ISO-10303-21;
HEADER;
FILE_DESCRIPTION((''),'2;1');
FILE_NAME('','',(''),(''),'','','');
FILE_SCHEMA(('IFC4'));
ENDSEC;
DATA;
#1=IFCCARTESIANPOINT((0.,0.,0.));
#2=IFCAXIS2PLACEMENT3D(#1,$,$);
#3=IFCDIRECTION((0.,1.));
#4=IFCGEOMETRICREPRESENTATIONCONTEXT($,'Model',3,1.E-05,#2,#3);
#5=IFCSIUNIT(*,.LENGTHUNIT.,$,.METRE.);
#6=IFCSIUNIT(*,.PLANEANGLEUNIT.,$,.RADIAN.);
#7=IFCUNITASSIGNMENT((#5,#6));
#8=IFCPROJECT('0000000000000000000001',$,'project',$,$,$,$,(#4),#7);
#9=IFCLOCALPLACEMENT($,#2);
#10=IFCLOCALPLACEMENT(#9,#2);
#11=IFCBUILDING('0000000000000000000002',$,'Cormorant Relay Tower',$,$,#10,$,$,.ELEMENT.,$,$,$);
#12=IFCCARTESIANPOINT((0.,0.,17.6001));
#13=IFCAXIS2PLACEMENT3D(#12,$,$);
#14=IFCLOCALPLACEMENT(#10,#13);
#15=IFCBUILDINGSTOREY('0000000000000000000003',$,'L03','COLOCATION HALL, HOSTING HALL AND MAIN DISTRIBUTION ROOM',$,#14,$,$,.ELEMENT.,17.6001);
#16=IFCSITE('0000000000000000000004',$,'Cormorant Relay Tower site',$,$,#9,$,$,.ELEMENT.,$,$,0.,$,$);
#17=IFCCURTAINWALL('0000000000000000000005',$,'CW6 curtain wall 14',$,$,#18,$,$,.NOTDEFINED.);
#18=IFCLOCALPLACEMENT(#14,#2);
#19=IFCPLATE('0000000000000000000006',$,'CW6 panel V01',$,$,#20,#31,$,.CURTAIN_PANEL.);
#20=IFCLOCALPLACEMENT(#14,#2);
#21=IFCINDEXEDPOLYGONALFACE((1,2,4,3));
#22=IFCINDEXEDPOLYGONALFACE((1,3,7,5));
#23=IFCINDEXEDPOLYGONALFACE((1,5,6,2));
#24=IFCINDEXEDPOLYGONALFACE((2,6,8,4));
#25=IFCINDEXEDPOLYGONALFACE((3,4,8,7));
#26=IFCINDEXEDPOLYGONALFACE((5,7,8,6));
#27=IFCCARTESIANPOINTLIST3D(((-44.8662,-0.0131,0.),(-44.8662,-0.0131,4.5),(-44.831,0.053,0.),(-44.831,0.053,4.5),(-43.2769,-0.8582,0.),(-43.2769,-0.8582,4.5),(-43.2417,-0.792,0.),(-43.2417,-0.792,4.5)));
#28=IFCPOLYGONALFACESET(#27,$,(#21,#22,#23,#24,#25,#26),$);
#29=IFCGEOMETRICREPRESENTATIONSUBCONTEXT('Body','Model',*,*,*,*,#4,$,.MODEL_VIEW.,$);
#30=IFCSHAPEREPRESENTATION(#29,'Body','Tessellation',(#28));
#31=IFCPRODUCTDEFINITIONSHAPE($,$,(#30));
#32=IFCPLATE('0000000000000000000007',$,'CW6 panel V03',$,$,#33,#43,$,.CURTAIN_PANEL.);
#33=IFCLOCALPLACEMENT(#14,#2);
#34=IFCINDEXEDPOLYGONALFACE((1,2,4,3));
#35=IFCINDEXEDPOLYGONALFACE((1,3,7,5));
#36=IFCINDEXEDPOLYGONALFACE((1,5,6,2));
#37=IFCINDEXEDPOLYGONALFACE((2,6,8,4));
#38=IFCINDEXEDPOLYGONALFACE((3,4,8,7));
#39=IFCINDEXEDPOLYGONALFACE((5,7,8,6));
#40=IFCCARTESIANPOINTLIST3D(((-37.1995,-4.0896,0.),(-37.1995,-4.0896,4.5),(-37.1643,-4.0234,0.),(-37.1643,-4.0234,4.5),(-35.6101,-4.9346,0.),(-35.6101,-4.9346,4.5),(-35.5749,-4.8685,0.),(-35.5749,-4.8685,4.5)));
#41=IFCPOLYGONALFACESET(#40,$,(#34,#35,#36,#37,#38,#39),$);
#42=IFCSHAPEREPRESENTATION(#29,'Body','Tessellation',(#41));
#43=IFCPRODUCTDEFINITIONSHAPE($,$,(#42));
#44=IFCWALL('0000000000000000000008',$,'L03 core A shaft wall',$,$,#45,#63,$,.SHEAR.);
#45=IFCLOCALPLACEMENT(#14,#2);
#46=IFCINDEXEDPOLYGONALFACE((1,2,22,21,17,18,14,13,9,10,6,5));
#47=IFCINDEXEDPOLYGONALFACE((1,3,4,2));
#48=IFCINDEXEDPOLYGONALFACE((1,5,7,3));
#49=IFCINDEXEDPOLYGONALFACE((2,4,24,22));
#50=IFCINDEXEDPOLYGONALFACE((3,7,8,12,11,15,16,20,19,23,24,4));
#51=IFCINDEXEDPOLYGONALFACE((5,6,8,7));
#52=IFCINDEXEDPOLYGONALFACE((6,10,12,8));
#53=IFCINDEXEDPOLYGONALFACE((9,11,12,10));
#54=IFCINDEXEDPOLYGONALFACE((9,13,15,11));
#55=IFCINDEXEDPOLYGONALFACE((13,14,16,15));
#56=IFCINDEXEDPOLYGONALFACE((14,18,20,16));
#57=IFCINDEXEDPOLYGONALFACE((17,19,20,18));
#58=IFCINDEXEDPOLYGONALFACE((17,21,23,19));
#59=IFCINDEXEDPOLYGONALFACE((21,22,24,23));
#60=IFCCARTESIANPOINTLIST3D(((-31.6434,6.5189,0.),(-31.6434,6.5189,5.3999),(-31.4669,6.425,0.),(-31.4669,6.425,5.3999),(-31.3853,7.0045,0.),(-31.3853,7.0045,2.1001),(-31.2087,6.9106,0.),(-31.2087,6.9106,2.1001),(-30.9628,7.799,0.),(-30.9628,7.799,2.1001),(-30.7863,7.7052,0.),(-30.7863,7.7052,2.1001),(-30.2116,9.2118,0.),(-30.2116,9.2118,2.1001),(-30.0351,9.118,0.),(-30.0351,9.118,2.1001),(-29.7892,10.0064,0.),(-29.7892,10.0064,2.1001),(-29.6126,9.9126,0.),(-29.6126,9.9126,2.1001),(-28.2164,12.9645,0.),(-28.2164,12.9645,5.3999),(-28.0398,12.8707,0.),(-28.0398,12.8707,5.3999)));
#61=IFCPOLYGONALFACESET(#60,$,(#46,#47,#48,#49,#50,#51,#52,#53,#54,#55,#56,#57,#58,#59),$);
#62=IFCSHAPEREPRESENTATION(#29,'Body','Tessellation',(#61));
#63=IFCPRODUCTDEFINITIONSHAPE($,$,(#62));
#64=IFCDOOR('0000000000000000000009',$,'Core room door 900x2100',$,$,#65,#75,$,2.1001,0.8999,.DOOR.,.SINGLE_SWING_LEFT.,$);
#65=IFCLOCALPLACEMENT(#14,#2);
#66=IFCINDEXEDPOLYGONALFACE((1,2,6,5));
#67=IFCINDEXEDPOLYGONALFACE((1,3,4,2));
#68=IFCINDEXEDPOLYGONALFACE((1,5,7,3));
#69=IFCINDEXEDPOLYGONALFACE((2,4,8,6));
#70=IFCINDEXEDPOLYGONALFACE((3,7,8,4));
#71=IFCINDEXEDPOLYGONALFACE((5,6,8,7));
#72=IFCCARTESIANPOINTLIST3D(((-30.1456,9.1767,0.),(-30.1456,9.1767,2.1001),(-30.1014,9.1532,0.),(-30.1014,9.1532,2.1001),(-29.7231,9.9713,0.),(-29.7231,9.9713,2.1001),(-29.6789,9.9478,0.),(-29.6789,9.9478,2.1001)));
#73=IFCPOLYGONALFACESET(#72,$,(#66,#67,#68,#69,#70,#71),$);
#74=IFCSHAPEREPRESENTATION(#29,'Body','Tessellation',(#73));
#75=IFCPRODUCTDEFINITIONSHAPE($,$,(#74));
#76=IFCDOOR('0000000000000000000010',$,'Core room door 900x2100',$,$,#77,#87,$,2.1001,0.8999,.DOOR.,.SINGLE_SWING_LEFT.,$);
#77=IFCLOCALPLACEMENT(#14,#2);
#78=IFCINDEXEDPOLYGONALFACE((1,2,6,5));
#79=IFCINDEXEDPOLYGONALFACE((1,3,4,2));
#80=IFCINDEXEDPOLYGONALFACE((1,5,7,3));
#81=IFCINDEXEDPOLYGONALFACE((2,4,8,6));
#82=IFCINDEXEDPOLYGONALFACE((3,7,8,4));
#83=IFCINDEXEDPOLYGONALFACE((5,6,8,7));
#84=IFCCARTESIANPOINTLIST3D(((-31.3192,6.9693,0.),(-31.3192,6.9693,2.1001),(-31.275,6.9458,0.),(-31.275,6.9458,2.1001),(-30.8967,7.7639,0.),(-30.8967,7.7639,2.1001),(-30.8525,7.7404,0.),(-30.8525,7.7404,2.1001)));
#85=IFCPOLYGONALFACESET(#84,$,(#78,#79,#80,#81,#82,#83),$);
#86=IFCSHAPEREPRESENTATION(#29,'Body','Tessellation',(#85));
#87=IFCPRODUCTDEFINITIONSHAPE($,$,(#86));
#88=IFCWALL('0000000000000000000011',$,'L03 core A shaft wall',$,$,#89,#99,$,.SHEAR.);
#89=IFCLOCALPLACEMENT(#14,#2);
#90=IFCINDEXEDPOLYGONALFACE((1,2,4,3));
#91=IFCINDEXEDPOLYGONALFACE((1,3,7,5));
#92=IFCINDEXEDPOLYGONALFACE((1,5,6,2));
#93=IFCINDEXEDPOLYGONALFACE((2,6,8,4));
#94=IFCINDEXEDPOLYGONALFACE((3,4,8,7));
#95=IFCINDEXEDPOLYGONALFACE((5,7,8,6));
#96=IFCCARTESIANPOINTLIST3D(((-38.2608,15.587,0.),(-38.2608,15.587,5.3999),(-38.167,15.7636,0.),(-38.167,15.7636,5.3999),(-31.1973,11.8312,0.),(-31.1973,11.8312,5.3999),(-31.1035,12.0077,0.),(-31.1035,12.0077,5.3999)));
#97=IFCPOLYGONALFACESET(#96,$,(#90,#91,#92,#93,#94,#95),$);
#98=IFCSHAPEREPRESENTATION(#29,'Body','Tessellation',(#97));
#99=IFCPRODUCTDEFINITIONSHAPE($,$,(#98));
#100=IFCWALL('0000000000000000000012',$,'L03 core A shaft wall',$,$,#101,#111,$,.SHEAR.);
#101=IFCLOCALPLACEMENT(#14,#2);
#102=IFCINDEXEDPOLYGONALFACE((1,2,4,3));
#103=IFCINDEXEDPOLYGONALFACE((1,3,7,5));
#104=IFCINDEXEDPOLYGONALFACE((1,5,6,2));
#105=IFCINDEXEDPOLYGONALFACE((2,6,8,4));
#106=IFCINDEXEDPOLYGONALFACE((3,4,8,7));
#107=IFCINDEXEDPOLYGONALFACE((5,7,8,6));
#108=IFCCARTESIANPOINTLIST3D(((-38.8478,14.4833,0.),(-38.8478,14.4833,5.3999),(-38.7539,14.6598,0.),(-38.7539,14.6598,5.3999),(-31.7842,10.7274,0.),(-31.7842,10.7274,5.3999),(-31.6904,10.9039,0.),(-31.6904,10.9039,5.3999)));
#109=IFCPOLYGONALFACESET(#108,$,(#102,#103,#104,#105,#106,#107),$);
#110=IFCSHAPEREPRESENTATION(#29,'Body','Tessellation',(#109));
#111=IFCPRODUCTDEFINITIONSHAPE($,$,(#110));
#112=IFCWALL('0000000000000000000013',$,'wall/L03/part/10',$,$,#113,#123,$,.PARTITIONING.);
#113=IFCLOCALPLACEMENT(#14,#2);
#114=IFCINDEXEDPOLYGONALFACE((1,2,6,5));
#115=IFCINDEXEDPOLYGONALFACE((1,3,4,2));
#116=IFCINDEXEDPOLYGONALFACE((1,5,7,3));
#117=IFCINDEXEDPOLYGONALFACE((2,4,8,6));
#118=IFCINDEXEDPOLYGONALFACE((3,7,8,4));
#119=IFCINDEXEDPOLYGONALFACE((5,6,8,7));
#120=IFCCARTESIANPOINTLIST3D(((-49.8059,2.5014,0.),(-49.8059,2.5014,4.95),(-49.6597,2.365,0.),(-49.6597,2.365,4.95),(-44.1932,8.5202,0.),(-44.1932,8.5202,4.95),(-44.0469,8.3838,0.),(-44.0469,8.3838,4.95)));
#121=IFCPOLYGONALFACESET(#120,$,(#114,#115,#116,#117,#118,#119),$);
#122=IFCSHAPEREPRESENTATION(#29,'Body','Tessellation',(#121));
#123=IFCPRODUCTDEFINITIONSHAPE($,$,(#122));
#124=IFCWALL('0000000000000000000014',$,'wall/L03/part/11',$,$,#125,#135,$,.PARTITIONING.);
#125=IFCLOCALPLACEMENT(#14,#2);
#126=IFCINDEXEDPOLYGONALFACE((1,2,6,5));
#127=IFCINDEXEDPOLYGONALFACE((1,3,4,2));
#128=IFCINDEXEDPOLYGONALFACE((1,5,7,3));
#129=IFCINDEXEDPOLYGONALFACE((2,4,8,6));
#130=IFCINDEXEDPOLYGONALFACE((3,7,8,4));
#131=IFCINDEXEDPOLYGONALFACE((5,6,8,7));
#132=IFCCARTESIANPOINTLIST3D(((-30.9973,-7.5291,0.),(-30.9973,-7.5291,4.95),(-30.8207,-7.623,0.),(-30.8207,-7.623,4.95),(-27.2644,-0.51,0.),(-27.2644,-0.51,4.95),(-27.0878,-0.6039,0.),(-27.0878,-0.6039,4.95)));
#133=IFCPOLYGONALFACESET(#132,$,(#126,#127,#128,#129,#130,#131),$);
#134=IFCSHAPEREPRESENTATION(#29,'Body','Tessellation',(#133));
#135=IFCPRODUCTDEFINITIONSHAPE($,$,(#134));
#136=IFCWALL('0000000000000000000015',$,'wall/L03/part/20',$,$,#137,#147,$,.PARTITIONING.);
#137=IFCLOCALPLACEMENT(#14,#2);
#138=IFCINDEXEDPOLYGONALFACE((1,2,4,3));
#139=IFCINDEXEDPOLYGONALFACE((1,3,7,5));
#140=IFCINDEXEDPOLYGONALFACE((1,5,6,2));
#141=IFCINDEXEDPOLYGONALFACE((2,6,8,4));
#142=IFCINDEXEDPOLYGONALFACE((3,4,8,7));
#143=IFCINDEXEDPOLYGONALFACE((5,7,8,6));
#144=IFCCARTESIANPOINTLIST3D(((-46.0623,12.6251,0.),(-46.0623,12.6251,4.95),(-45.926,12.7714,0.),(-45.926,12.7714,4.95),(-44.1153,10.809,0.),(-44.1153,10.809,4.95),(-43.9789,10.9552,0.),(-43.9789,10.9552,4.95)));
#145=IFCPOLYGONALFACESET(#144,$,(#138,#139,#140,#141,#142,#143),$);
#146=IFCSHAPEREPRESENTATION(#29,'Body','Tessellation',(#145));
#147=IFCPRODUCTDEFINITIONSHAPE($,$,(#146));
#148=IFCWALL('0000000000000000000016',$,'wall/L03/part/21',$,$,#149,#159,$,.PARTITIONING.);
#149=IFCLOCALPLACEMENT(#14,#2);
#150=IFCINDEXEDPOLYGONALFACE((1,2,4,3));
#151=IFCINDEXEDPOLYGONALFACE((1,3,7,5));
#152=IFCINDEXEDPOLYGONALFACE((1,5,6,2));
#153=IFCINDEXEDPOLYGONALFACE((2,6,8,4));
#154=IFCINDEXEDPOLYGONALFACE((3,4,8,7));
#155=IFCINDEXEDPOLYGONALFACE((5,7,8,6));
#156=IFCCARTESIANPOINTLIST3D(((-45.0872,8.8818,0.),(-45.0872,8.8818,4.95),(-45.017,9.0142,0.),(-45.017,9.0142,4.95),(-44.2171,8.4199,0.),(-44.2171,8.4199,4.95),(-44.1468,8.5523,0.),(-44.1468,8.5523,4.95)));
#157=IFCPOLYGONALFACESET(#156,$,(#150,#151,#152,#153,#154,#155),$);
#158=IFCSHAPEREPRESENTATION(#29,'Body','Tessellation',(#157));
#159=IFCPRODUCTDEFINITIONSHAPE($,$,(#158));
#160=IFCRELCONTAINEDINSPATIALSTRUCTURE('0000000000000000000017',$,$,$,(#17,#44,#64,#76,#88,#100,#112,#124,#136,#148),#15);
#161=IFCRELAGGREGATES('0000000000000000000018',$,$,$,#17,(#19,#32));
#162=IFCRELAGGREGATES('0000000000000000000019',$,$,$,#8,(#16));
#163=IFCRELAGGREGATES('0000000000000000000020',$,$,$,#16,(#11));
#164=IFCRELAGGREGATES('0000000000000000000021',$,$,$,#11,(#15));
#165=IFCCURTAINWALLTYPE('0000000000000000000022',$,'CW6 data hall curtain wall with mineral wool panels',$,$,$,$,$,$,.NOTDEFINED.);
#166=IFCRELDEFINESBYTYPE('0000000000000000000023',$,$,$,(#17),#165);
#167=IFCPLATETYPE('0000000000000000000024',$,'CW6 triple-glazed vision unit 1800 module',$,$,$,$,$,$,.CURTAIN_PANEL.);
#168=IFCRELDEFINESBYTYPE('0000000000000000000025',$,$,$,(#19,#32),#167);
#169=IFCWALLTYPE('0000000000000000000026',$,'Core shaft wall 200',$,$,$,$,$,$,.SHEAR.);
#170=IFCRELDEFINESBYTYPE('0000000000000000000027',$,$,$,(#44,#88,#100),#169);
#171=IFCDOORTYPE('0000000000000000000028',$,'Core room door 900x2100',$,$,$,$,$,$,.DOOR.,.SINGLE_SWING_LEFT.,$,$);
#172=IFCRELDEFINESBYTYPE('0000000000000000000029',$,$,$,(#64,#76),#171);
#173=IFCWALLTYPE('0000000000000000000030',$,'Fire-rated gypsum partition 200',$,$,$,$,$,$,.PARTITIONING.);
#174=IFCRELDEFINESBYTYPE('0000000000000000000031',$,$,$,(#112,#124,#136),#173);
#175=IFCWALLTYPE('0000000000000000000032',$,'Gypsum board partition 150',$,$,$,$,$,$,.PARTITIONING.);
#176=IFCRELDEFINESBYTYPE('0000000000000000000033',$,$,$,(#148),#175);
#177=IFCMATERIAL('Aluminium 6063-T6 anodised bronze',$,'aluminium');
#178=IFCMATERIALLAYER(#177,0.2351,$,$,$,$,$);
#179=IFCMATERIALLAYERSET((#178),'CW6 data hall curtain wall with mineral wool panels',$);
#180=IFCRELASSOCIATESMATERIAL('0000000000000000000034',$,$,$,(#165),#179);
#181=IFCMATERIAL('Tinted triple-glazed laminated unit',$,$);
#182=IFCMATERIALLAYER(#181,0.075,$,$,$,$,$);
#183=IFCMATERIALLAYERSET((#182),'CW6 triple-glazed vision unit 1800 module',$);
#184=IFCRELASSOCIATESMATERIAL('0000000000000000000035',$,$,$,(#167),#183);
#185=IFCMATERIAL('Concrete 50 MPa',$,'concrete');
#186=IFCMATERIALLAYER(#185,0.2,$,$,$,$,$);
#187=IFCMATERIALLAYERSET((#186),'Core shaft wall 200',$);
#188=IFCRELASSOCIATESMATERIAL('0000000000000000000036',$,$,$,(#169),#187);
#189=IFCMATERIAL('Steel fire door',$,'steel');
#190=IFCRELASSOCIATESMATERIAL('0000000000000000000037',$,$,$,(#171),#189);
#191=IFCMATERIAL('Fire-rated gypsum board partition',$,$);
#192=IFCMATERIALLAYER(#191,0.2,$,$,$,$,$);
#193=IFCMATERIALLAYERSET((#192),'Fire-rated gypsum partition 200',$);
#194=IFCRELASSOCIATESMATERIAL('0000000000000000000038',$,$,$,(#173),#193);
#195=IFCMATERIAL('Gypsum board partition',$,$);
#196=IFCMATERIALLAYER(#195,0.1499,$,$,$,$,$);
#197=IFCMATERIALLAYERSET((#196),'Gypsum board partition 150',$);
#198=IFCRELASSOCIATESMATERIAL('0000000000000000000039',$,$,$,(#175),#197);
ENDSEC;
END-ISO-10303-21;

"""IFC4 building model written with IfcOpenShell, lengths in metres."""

from ifc_helpers import new_model, si_unit, direction, frame, frame_2d, origin, origin_2d, place, context, subcontext, project, spatial, rectangle, extrude, material, layer, layer_set, type_object, element, fill, aggregate, save


model = new_model("IFC4")

# Units and contexts
model_context = context("Model", 3, precision=1e-05, world=origin(), true_north=direction((0.0, 1.0)))
body_context = subcontext(model_context, "Body", "Model", "MODEL_VIEW")
ifc_project = project(units=[si_unit("LENGTHUNIT", "METRE"), si_unit("PLANEANGLEUNIT", "RADIAN")], contexts=[model_context])

# Site, building, storey
site_placement = place(None, origin())
site = spatial("IfcSite", under=ifc_project, at=site_placement, Name="Cormorant Relay Tower site", CompositionType="ELEMENT", RefElevation=0.0)
building_placement = place(site_placement, origin())
building = spatial("IfcBuilding", under=site, at=building_placement, Name="Cormorant Relay Tower", CompositionType="ELEMENT")
storey_placement = place(building_placement, frame((0.0, 0.0, 17.6001)))
storey = spatial("IfcBuildingStorey", under=building, at=storey_placement, Name="L03", Description="COLOCATION HALL, HOSTING HALL AND MAIN DISTRIBUTION ROOM", CompositionType="ELEMENT", Elevation=17.6001)

# Curtain wall, plates
ifc_material_1 = material(Name="Aluminium 6063-T6 anodised bronze", Category="aluminium")
ifc_layer_1 = layer(ifc_material_1, 0.2351)
ifc_layer_set_1 = layer_set([ifc_layer_1], Name="CW6 data hall curtain wall with mineral wool panels")
curtain_wall_type = type_object("IfcCurtainWallType", Name="CW6 data hall curtain wall with mineral wool panels", PredefinedType="NOTDEFINED", material=ifc_layer_set_1)
curtain_wall_placement = place(storey_placement, origin())
curtain_wall = element("IfcCurtainWall", 1, at=curtain_wall_placement, inside=storey, type_object=curtain_wall_type, Name="CW6 curtain wall 14", PredefinedType="NOTDEFINED")
ifc_material_2 = material(Name="Tinted triple-glazed laminated unit")
ifc_layer_2 = layer(ifc_material_2, 0.075)
ifc_layer_set_2 = layer_set([ifc_layer_2], Name="CW6 triple-glazed vision unit 1800 module")
plate_type = type_object("IfcPlateType", Name="CW6 triple-glazed vision unit 1800 module", PredefinedType="CURTAIN_PANEL", material=ifc_layer_set_2)
plate_1_placement = place(storey_placement, frame((-44.054, -0.4026, 0.0), z_axis=(0.0, 0.0, 1.0), x_axis=(0.882948, -0.469472, 0.0)))
plate_1 = element("IfcPlate", 2, at=plate_1_placement, type_object=plate_type, Name="CW6 panel V01", PredefinedType="CURTAIN_PANEL", context=body_context, shape_type="SweptSolid", body=[
    extrude(rectangle(XDim=1.8, YDim=0.075, at=origin_2d()), origin(), (0.0, 0.0, 1.0), 4.5),
])
plate_2_placement = place(storey_placement, frame((-36.3872, -4.479, 0.0), z_axis=(0.0, 0.0, 1.0), x_axis=(0.882948, -0.469472, 0.0)))
plate_2 = element("IfcPlate", 3, at=plate_2_placement, type_object=plate_type, Name="CW6 panel V03", PredefinedType="CURTAIN_PANEL", context=body_context, shape_type="SweptSolid", body=[
    extrude(rectangle(XDim=1.8, YDim=0.075, at=origin_2d()), origin(), (0.0, 0.0, 1.0), 4.5),
])

# Wall, openings, doors
ifc_material_3 = material(Name="Concrete 50 MPa", Category="concrete")
ifc_layer_3 = layer(ifc_material_3, 0.2)
ifc_layer_set_3 = layer_set([ifc_layer_3], Name="Core shaft wall 200")
wall_type_1 = type_object("IfcWallType", Name="Core shaft wall 200", PredefinedType="SHEAR", material=ifc_layer_set_3)
wall_1_placement = place(storey_placement, frame((-28.1282, 12.9175, 0.0), z_axis=(0.0, 0.0, 1.0), x_axis=(-0.469454, -0.882957, 0.0)))
wall_1 = element("IfcWall", 4, at=wall_1_placement, inside=storey, type_object=wall_type_1, Name="L03 core A shaft wall", PredefinedType="SHEAR", context=body_context, shape_type="SweptSolid", body=[
    extrude(rectangle(XDim=7.3, YDim=0.2, at=frame_2d((3.6499, 0.0))), origin(), (0.0, 0.0, 1.0), 5.3999),
])
opening_1_placement = place(wall_1_placement, frame((3.3501, 0.0, 0.0)))
opening_1 = element("IfcOpeningElement", 5, at=opening_1_placement, cuts=wall_1, PredefinedType="OPENING", context=body_context, shape_type="SweptSolid", body=[
    extrude(rectangle(XDim=0.8999, YDim=2.1001, at=frame_2d((0.45, 1.05))), frame((0.0, 0.1099, 0.0), z_axis=(0.0, -1.0, 0.0), x_axis=(1.0, 0.0, 0.0)), (0.0, 0.0, 1.0), 0.22),
])
opening_2_placement = place(wall_1_placement, frame((5.8501, 0.0, 0.0)))
opening_2 = element("IfcOpeningElement", 6, at=opening_2_placement, cuts=wall_1, PredefinedType="OPENING", context=body_context, shape_type="SweptSolid", body=[
    extrude(rectangle(XDim=0.8999, YDim=2.1001, at=frame_2d((0.45, 1.05))), frame((0.0, 0.1099, 0.0), z_axis=(0.0, -1.0, 0.0), x_axis=(1.0, 0.0, 0.0)), (0.0, 0.0, 1.0), 0.22),
])
ifc_material_4 = material(Name="Steel fire door", Category="steel")
door_type_1 = type_object("IfcDoorType", Name="Core room door 900x2100", OperationType="SINGLE_SWING_LEFT", PredefinedType="DOOR", material=ifc_material_4)
door_1_placement = place(opening_1_placement, origin())
door_1 = element("IfcDoor", 7, at=door_1_placement, inside=storey, type_object=door_type_1, Name="Core room door 900x2100", OperationType="SINGLE_SWING_LEFT", OverallHeight=2.1001, OverallWidth=0.8999, PredefinedType="DOOR", context=body_context, shape_type="SweptSolid", body=[
    extrude(rectangle(XDim=0.8999, YDim=2.1001, at=frame_2d((0.45, 1.05))), frame((0.0, 0.0249, 0.0), z_axis=(0.0, -1.0, 0.0), x_axis=(1.0, 0.0, 0.0)), (0.0, 0.0, 1.0), 0.05),
])
fill(opening_1, door_1)
door_2_placement = place(opening_2_placement, origin())
door_2 = element("IfcDoor", 8, at=door_2_placement, inside=storey, type_object=door_type_1, Name="Core room door 900x2100", OperationType="SINGLE_SWING_LEFT", OverallHeight=2.1001, OverallWidth=0.8999, PredefinedType="DOOR", context=body_context, shape_type="SweptSolid", body=[
    extrude(rectangle(XDim=0.8999, YDim=2.1001, at=frame_2d((0.45, 1.05))), frame((0.0, 0.0249, 0.0), z_axis=(0.0, -1.0, 0.0), x_axis=(1.0, 0.0, 0.0)), (0.0, 0.0, 1.0), 0.05),
])
fill(opening_2, door_2)

# Walls
for number, where, z_axis, x_axis, name in (
    (9, (-31.1504, 11.9194, 0.0), (0.0, 0.0, 1.0), (-0.88294, 0.469485, 0.0), "L03 core A shaft wall"),
    (10, (-31.7373, 10.8157, 0.0), (0.0, 0.0, 1.0), (-0.88294, 0.469485, 0.0), "L03 core A shaft wall"),
):
    element("IfcWall", number, at=place(storey_placement, frame(where, z_axis=z_axis, x_axis=x_axis)), inside=storey, type_object=wall_type_1, Name=name, PredefinedType="SHEAR", context=body_context, shape_type="SweptSolid", body=[
        extrude(rectangle(XDim=8.0, YDim=0.2, at=frame_2d((4.0, 0.0))), origin(), (0.0, 0.0, 1.0), 5.3999),
    ])
ifc_material_5 = material(Name="Fire-rated gypsum board partition")
ifc_layer_4 = layer(ifc_material_5, 0.2)
ifc_layer_set_4 = layer_set([ifc_layer_4], Name="Fire-rated gypsum partition 200")
wall_type_2 = type_object("IfcWallType", Name="Fire-rated gypsum partition 200", PredefinedType="PARTITIONING", material=ifc_layer_set_4)
wall_2_placement = place(storey_placement, frame((-44.1201, 8.4519, 0.0), z_axis=(0.0, 0.0, 1.0), x_axis=(-0.68201, -0.731343, 0.0)))
element("IfcWall", 11, at=wall_2_placement, inside=storey, type_object=wall_type_2, Name="wall/L03/part/10", PredefinedType="PARTITIONING", context=body_context, shape_type="SweptSolid", body=[
    extrude(rectangle(XDim=8.2297, YDim=0.2, at=frame_2d((4.1147, 0.0))), origin(), (0.0, 0.0, 1.0), 4.95),
])
wall_3_placement = place(storey_placement, frame((-27.176, -0.5569, 0.0), z_axis=(0.0, 0.0, 1.0), x_axis=(-0.469552, -0.882905, 0.0)))
element("IfcWall", 12, at=wall_3_placement, inside=storey, type_object=wall_type_2, Name="wall/L03/part/11", PredefinedType="PARTITIONING", context=body_context, shape_type="SweptSolid", body=[
    extrude(rectangle(XDim=7.95, YDim=0.2, at=frame_2d((3.9751, 0.0))), origin(), (0.0, 0.0, 1.0), 4.95),
])
wall_4_placement = place(storey_placement, frame((-44.0471, 10.8821, 0.0), z_axis=(0.0, 0.0, 1.0), x_axis=(-0.731253, 0.682106, 0.0)))
element("IfcWall", 13, at=wall_4_placement, inside=storey, type_object=wall_type_2, Name="wall/L03/part/20", PredefinedType="PARTITIONING", context=body_context, shape_type="SweptSolid", body=[
    extrude(rectangle(XDim=2.6626, YDim=0.2, at=frame_2d((1.3313, 0.0))), origin(), (0.0, 0.0, 1.0), 4.95),
])
ifc_material_6 = material(Name="Gypsum board partition")
ifc_layer_5 = layer(ifc_material_6, 0.1499)
ifc_layer_set_5 = layer_set([ifc_layer_5], Name="Gypsum board partition 150")
wall_type_3 = type_object("IfcWallType", Name="Gypsum board partition 150", PredefinedType="PARTITIONING", material=ifc_layer_set_5)
wall_5_placement = place(storey_placement, frame((-44.1819, 8.4861, 0.0), z_axis=(0.0, 0.0, 1.0), x_axis=(-0.883257, 0.468889, 0.0)))
element("IfcWall", 14, at=wall_5_placement, inside=storey, type_object=wall_type_3, Name="wall/L03/part/21", PredefinedType="PARTITIONING", context=body_context, shape_type="SweptSolid", body=[
    extrude(rectangle(XDim=0.9851, YDim=0.1499, at=frame_2d((0.4927, 0.0))), origin(), (0.0, 0.0, 1.0), 4.95),
])

aggregate(curtain_wall, [plate_1, plate_2])

save(model, "model.ifc")
